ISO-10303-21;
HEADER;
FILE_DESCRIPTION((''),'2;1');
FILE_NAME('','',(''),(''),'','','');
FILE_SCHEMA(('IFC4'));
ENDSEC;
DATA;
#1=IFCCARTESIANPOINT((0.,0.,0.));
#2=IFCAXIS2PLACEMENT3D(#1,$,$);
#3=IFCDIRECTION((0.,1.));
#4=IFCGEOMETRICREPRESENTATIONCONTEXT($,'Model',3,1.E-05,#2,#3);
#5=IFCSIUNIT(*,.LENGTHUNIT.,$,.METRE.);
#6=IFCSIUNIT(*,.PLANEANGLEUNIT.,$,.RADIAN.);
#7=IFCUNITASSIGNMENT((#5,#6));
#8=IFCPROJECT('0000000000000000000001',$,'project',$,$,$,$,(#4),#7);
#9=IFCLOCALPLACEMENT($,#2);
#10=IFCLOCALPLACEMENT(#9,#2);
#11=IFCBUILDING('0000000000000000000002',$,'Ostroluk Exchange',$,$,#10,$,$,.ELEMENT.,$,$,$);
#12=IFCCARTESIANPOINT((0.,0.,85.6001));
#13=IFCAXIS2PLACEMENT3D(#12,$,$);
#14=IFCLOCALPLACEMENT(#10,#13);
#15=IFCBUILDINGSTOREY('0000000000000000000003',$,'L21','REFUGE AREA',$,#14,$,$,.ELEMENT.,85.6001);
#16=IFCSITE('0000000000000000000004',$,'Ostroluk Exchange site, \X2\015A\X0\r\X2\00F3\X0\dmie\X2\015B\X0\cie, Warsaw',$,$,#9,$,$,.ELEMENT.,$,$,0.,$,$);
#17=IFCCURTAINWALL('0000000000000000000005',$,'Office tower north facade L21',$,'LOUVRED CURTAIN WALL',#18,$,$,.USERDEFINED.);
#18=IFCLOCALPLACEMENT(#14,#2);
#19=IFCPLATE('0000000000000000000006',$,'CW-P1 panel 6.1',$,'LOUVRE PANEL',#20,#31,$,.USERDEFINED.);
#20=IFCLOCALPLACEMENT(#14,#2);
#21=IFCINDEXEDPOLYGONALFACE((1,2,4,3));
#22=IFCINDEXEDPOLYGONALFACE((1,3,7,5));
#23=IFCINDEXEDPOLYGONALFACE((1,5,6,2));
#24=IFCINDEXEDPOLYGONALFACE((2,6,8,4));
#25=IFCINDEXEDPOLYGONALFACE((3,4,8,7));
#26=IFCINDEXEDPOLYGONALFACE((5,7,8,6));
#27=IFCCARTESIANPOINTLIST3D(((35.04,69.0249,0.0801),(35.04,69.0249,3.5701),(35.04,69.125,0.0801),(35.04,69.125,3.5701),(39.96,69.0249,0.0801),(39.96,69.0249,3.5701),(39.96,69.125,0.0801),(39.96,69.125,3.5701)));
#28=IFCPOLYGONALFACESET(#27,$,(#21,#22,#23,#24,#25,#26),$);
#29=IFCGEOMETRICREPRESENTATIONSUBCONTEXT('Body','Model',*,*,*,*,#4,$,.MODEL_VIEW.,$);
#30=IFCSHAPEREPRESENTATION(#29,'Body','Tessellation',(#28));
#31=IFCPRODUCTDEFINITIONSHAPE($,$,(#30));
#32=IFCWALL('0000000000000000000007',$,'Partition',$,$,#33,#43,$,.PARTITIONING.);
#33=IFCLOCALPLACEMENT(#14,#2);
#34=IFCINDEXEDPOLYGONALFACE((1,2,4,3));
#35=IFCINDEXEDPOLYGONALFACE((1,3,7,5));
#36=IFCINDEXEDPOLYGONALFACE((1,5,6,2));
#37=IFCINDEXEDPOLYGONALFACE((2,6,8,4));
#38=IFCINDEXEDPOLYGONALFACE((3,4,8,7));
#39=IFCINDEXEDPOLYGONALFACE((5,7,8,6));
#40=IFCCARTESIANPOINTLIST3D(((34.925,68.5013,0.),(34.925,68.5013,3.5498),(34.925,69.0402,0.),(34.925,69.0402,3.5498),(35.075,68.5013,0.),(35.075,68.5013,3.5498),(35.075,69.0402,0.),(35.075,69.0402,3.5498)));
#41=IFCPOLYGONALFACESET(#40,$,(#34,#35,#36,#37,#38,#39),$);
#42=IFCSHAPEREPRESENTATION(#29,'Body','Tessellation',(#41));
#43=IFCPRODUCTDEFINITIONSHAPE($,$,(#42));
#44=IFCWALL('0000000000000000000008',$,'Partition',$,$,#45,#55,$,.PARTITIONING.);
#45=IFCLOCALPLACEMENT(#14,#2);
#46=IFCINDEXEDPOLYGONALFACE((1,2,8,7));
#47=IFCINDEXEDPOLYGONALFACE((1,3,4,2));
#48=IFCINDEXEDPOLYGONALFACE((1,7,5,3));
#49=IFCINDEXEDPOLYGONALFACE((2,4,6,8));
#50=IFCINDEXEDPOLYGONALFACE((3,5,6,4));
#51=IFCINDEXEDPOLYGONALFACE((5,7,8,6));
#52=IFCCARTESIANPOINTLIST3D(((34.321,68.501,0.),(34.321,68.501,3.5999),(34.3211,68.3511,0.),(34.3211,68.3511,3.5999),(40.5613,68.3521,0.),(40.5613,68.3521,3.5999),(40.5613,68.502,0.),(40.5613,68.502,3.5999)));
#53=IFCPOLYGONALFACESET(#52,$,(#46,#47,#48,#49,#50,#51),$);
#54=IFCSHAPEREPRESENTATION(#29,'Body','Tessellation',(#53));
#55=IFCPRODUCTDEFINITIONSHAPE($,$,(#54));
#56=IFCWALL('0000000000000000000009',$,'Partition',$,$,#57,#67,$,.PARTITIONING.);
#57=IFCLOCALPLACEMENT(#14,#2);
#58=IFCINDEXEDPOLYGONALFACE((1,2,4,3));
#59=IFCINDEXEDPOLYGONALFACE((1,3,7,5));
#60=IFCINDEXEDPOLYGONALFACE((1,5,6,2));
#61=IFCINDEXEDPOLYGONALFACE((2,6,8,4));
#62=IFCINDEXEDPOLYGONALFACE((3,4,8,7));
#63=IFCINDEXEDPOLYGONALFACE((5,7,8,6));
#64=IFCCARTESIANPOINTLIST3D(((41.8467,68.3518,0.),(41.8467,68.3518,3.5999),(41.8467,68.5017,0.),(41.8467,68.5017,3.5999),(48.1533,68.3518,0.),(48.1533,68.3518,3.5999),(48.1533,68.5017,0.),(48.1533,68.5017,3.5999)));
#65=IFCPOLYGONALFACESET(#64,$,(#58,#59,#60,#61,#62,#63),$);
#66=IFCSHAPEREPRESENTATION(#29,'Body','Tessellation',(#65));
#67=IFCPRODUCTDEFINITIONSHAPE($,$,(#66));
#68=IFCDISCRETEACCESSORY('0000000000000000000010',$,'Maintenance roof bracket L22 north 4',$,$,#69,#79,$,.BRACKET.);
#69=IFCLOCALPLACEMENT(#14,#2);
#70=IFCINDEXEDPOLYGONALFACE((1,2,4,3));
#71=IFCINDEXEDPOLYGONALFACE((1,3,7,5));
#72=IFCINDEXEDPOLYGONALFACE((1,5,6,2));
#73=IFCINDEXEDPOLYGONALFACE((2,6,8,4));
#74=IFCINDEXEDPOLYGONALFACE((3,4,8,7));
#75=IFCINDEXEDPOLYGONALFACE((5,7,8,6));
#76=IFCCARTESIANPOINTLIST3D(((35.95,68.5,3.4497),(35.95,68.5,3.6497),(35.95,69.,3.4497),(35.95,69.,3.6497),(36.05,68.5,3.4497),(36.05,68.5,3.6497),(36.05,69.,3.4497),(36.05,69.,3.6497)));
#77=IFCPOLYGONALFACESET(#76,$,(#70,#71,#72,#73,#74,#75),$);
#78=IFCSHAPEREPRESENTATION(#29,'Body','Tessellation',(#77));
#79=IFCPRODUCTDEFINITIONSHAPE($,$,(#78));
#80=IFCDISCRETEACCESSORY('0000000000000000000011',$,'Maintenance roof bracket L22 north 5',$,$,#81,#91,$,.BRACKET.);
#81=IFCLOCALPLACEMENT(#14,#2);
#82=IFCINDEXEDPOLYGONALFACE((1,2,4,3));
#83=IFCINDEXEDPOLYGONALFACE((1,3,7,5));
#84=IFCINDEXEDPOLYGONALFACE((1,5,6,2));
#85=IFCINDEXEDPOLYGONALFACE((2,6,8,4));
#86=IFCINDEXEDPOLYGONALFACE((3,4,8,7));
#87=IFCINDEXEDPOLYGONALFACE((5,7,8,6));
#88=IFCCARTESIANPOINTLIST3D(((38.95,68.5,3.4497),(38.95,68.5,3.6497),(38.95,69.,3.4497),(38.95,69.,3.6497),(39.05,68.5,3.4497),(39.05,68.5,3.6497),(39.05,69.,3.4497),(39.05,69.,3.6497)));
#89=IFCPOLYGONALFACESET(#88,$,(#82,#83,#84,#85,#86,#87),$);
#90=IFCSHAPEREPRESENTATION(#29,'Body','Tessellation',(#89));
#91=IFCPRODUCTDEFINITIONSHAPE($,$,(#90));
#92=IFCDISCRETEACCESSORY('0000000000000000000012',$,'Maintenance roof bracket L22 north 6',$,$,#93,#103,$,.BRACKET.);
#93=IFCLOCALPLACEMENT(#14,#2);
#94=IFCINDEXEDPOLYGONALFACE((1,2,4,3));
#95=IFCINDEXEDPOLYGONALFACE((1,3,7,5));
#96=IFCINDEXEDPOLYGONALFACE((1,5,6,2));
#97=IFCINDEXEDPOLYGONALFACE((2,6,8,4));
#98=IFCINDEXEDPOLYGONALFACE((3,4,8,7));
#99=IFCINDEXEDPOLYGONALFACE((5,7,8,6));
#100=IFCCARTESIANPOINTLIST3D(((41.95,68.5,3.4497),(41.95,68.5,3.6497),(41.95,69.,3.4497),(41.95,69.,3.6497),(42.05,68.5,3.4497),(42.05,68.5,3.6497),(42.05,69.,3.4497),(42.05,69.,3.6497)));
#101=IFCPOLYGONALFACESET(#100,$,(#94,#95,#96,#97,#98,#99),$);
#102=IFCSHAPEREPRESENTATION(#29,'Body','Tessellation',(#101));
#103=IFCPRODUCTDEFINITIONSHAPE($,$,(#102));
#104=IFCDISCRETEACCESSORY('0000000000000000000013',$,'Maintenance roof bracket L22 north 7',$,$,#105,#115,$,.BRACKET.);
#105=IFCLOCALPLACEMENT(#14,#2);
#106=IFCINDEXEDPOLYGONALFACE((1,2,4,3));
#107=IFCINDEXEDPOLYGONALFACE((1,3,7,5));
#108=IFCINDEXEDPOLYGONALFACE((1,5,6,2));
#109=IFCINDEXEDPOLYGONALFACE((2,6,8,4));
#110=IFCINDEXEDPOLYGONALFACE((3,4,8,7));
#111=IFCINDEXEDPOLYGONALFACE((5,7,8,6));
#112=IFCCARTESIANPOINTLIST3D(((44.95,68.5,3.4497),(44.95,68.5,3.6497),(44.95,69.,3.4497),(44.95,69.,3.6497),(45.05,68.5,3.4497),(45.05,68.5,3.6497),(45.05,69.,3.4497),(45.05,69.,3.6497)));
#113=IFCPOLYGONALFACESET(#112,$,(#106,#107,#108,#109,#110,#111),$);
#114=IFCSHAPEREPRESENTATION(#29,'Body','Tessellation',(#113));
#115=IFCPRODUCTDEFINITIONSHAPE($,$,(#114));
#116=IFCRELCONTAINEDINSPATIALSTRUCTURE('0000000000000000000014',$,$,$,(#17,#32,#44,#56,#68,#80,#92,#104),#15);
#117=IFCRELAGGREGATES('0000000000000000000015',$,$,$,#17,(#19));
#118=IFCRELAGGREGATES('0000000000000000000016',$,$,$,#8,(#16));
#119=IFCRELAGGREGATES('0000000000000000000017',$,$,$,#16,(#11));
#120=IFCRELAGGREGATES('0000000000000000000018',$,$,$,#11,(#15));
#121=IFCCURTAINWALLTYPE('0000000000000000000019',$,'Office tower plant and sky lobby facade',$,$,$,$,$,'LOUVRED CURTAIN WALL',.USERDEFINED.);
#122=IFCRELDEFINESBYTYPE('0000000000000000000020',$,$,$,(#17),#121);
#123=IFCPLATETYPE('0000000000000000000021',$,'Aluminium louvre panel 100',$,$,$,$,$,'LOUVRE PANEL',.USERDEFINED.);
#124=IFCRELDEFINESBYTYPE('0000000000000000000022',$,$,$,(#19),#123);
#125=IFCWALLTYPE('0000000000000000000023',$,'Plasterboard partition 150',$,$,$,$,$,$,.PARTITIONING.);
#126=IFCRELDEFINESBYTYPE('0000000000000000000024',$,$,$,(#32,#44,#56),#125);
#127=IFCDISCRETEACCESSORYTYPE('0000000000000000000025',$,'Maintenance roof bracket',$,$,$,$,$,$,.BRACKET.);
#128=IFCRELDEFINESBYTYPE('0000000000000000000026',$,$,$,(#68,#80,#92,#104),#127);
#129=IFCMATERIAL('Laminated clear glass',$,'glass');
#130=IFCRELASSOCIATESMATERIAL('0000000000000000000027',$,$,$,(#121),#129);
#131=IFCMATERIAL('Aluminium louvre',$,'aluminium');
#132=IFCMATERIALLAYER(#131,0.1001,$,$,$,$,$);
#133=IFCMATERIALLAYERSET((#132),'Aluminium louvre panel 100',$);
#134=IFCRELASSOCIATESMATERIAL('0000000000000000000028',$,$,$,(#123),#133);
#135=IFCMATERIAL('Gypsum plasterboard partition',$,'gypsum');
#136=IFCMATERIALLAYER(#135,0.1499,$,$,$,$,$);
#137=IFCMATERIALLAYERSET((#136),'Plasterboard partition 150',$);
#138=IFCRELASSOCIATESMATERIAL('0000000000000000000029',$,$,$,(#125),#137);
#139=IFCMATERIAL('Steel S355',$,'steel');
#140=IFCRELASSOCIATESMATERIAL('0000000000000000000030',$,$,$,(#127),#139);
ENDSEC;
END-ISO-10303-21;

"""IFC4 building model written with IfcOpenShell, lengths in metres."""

from ifc_helpers import new_model, si_unit, direction, frame, frame_2d, origin, origin_2d, place, context, subcontext, project, spatial, rectangle, extrude, material, layer, layer_set, type_object, element, aggregate, save


model = new_model("IFC4")

# Units and contexts
model_context = context("Model", 3, precision=1e-05, world=origin(), true_north=direction((0.0, 1.0)))
body_context = subcontext(model_context, "Body", "Model", "MODEL_VIEW")
ifc_project = project(units=[si_unit("LENGTHUNIT", "METRE"), si_unit("PLANEANGLEUNIT", "RADIAN")], contexts=[model_context])

# Site, building, storey
site_placement = place(None, origin())
site = spatial("IfcSite", under=ifc_project, at=site_placement, Name="Ostroluk Exchange site, Śródmieście, Warsaw", CompositionType="ELEMENT", RefElevation=0.0)
building_placement = place(site_placement, origin())
building = spatial("IfcBuilding", under=site, at=building_placement, Name="Ostroluk Exchange", CompositionType="ELEMENT")
storey_placement = place(building_placement, frame((0.0, 0.0, 85.6001)))
storey = spatial("IfcBuildingStorey", under=building, at=storey_placement, Name="L21", Description="REFUGE AREA", CompositionType="ELEMENT", Elevation=85.6001)

# Curtain wall, plate
ifc_material_1 = material(Name="Laminated clear glass", Category="glass")
curtain_wall_type = type_object("IfcCurtainWallType", Name="Office tower plant and sky lobby facade", ElementType="LOUVRED CURTAIN WALL", PredefinedType="USERDEFINED", material=ifc_material_1)
curtain_wall_placement = place(storey_placement, origin())
curtain_wall = element("IfcCurtainWall", 1, at=curtain_wall_placement, inside=storey, type_object=curtain_wall_type, Name="Office tower north facade L21", ObjectType="LOUVRED CURTAIN WALL", PredefinedType="USERDEFINED")
ifc_material_2 = material(Name="Aluminium louvre", Category="aluminium")
ifc_layer_1 = layer(ifc_material_2, 0.1001)
ifc_layer_set_1 = layer_set([ifc_layer_1], Name="Aluminium louvre panel 100")
plate_type = type_object("IfcPlateType", Name="Aluminium louvre panel 100", ElementType="LOUVRE PANEL", PredefinedType="USERDEFINED", material=ifc_layer_set_1)
plate_1_placement = place(storey_placement, frame((37.5, 69.075, 0.0801), z_axis=(0.0, 0.0, 1.0), x_axis=(-1.0, 0.0, 0.0)))
plate_1 = element("IfcPlate", 2, at=plate_1_placement, type_object=plate_type, Name="CW-P1 panel 6.1", ObjectType="LOUVRE PANEL", PredefinedType="USERDEFINED", context=body_context, shape_type="SweptSolid", body=[
    extrude(rectangle(XDim=4.9199, YDim=0.1001, at=origin_2d()), origin(), (0.0, 0.0, 1.0), 3.49),
])
aggregate(curtain_wall, [plate_1])

# Walls
ifc_material_3 = material(Name="Gypsum plasterboard partition", Category="gypsum")
ifc_layer_2 = layer(ifc_material_3, 0.1499)
ifc_layer_set_2 = layer_set([ifc_layer_2], Name="Plasterboard partition 150")
wall_type = type_object("IfcWallType", Name="Plasterboard partition 150", PredefinedType="PARTITIONING", material=ifc_layer_set_2)
wall_1_placement = place(storey_placement, frame((35.0, 68.5012, 0.0), z_axis=(0.0, 0.0, 1.0), x_axis=(0.0, 1.0, 0.0)))
element("IfcWall", 3, at=wall_1_placement, inside=storey, type_object=wall_type, Name="Partition", PredefinedType="PARTITIONING", context=body_context, shape_type="SweptSolid", body=[
    extrude(rectangle(XDim=0.5388, YDim=0.1499, at=frame_2d((0.2695, 0.0))), origin(), (0.0, 0.0, 1.0), 3.5498),
])
wall_2_placement = place(storey_placement, frame((34.321, 68.426, 0.0), z_axis=(0.0, 0.0, 1.0), x_axis=(1.0, 0.000156, 0.0)))
element("IfcWall", 4, at=wall_2_placement, inside=storey, type_object=wall_type, Name="Partition", PredefinedType="PARTITIONING", context=body_context, shape_type="SweptSolid", body=[
    extrude(rectangle(XDim=6.2402, YDim=0.1499, at=frame_2d((3.1201, 0.0))), origin(), (0.0, 0.0, 1.0), 3.5999),
])
wall_3_placement = place(storey_placement, frame((41.8467, 68.4268, 0.0), z_axis=(0.0, 0.0, 1.0), x_axis=(1.0, 0.0, 0.0)))
element("IfcWall", 5, at=wall_3_placement, inside=storey, type_object=wall_type, Name="Partition", PredefinedType="PARTITIONING", context=body_context, shape_type="SweptSolid", body=[
    extrude(rectangle(XDim=6.3066, YDim=0.1499, at=frame_2d((3.1533, 0.0))), origin(), (0.0, 0.0, 1.0), 3.5999),
])

# Discrete accessories
ifc_material_4 = material(Name="Steel S355", Category="steel")
discrete_accessory_type = type_object("IfcDiscreteAccessoryType", Name="Maintenance roof bracket", PredefinedType="BRACKET", material=ifc_material_4)
for number, where, z_axis, x_axis, name in (
    (6, (36.0, 68.75, 3.4497), (0.0, 0.0, 1.0), (1.0, 0.0, 0.0), "Maintenance roof bracket L22 north 4"),
    (7, (39.0, 68.75, 3.4497), (0.0, 0.0, 1.0), (1.0, 0.0, 0.0), "Maintenance roof bracket L22 north 5"),
    (8, (42.0, 68.75, 3.4497), (0.0, 0.0, 1.0), (1.0, 0.0, 0.0), "Maintenance roof bracket L22 north 6"),
    (9, (45.0, 68.75, 3.4497), (0.0, 0.0, 1.0), (1.0, 0.0, 0.0), "Maintenance roof bracket L22 north 7"),
):
    element("IfcDiscreteAccessory", number, at=place(storey_placement, frame(where, z_axis=z_axis, x_axis=x_axis)), inside=storey, type_object=discrete_accessory_type, Name=name, PredefinedType="BRACKET", context=body_context, shape_type="SweptSolid", body=[
        extrude(rectangle(XDim=0.1001, YDim=0.5, at=origin_2d()), origin(), (0.0, 0.0, 1.0), 0.2),
    ])

save(model, "model.ifc")
